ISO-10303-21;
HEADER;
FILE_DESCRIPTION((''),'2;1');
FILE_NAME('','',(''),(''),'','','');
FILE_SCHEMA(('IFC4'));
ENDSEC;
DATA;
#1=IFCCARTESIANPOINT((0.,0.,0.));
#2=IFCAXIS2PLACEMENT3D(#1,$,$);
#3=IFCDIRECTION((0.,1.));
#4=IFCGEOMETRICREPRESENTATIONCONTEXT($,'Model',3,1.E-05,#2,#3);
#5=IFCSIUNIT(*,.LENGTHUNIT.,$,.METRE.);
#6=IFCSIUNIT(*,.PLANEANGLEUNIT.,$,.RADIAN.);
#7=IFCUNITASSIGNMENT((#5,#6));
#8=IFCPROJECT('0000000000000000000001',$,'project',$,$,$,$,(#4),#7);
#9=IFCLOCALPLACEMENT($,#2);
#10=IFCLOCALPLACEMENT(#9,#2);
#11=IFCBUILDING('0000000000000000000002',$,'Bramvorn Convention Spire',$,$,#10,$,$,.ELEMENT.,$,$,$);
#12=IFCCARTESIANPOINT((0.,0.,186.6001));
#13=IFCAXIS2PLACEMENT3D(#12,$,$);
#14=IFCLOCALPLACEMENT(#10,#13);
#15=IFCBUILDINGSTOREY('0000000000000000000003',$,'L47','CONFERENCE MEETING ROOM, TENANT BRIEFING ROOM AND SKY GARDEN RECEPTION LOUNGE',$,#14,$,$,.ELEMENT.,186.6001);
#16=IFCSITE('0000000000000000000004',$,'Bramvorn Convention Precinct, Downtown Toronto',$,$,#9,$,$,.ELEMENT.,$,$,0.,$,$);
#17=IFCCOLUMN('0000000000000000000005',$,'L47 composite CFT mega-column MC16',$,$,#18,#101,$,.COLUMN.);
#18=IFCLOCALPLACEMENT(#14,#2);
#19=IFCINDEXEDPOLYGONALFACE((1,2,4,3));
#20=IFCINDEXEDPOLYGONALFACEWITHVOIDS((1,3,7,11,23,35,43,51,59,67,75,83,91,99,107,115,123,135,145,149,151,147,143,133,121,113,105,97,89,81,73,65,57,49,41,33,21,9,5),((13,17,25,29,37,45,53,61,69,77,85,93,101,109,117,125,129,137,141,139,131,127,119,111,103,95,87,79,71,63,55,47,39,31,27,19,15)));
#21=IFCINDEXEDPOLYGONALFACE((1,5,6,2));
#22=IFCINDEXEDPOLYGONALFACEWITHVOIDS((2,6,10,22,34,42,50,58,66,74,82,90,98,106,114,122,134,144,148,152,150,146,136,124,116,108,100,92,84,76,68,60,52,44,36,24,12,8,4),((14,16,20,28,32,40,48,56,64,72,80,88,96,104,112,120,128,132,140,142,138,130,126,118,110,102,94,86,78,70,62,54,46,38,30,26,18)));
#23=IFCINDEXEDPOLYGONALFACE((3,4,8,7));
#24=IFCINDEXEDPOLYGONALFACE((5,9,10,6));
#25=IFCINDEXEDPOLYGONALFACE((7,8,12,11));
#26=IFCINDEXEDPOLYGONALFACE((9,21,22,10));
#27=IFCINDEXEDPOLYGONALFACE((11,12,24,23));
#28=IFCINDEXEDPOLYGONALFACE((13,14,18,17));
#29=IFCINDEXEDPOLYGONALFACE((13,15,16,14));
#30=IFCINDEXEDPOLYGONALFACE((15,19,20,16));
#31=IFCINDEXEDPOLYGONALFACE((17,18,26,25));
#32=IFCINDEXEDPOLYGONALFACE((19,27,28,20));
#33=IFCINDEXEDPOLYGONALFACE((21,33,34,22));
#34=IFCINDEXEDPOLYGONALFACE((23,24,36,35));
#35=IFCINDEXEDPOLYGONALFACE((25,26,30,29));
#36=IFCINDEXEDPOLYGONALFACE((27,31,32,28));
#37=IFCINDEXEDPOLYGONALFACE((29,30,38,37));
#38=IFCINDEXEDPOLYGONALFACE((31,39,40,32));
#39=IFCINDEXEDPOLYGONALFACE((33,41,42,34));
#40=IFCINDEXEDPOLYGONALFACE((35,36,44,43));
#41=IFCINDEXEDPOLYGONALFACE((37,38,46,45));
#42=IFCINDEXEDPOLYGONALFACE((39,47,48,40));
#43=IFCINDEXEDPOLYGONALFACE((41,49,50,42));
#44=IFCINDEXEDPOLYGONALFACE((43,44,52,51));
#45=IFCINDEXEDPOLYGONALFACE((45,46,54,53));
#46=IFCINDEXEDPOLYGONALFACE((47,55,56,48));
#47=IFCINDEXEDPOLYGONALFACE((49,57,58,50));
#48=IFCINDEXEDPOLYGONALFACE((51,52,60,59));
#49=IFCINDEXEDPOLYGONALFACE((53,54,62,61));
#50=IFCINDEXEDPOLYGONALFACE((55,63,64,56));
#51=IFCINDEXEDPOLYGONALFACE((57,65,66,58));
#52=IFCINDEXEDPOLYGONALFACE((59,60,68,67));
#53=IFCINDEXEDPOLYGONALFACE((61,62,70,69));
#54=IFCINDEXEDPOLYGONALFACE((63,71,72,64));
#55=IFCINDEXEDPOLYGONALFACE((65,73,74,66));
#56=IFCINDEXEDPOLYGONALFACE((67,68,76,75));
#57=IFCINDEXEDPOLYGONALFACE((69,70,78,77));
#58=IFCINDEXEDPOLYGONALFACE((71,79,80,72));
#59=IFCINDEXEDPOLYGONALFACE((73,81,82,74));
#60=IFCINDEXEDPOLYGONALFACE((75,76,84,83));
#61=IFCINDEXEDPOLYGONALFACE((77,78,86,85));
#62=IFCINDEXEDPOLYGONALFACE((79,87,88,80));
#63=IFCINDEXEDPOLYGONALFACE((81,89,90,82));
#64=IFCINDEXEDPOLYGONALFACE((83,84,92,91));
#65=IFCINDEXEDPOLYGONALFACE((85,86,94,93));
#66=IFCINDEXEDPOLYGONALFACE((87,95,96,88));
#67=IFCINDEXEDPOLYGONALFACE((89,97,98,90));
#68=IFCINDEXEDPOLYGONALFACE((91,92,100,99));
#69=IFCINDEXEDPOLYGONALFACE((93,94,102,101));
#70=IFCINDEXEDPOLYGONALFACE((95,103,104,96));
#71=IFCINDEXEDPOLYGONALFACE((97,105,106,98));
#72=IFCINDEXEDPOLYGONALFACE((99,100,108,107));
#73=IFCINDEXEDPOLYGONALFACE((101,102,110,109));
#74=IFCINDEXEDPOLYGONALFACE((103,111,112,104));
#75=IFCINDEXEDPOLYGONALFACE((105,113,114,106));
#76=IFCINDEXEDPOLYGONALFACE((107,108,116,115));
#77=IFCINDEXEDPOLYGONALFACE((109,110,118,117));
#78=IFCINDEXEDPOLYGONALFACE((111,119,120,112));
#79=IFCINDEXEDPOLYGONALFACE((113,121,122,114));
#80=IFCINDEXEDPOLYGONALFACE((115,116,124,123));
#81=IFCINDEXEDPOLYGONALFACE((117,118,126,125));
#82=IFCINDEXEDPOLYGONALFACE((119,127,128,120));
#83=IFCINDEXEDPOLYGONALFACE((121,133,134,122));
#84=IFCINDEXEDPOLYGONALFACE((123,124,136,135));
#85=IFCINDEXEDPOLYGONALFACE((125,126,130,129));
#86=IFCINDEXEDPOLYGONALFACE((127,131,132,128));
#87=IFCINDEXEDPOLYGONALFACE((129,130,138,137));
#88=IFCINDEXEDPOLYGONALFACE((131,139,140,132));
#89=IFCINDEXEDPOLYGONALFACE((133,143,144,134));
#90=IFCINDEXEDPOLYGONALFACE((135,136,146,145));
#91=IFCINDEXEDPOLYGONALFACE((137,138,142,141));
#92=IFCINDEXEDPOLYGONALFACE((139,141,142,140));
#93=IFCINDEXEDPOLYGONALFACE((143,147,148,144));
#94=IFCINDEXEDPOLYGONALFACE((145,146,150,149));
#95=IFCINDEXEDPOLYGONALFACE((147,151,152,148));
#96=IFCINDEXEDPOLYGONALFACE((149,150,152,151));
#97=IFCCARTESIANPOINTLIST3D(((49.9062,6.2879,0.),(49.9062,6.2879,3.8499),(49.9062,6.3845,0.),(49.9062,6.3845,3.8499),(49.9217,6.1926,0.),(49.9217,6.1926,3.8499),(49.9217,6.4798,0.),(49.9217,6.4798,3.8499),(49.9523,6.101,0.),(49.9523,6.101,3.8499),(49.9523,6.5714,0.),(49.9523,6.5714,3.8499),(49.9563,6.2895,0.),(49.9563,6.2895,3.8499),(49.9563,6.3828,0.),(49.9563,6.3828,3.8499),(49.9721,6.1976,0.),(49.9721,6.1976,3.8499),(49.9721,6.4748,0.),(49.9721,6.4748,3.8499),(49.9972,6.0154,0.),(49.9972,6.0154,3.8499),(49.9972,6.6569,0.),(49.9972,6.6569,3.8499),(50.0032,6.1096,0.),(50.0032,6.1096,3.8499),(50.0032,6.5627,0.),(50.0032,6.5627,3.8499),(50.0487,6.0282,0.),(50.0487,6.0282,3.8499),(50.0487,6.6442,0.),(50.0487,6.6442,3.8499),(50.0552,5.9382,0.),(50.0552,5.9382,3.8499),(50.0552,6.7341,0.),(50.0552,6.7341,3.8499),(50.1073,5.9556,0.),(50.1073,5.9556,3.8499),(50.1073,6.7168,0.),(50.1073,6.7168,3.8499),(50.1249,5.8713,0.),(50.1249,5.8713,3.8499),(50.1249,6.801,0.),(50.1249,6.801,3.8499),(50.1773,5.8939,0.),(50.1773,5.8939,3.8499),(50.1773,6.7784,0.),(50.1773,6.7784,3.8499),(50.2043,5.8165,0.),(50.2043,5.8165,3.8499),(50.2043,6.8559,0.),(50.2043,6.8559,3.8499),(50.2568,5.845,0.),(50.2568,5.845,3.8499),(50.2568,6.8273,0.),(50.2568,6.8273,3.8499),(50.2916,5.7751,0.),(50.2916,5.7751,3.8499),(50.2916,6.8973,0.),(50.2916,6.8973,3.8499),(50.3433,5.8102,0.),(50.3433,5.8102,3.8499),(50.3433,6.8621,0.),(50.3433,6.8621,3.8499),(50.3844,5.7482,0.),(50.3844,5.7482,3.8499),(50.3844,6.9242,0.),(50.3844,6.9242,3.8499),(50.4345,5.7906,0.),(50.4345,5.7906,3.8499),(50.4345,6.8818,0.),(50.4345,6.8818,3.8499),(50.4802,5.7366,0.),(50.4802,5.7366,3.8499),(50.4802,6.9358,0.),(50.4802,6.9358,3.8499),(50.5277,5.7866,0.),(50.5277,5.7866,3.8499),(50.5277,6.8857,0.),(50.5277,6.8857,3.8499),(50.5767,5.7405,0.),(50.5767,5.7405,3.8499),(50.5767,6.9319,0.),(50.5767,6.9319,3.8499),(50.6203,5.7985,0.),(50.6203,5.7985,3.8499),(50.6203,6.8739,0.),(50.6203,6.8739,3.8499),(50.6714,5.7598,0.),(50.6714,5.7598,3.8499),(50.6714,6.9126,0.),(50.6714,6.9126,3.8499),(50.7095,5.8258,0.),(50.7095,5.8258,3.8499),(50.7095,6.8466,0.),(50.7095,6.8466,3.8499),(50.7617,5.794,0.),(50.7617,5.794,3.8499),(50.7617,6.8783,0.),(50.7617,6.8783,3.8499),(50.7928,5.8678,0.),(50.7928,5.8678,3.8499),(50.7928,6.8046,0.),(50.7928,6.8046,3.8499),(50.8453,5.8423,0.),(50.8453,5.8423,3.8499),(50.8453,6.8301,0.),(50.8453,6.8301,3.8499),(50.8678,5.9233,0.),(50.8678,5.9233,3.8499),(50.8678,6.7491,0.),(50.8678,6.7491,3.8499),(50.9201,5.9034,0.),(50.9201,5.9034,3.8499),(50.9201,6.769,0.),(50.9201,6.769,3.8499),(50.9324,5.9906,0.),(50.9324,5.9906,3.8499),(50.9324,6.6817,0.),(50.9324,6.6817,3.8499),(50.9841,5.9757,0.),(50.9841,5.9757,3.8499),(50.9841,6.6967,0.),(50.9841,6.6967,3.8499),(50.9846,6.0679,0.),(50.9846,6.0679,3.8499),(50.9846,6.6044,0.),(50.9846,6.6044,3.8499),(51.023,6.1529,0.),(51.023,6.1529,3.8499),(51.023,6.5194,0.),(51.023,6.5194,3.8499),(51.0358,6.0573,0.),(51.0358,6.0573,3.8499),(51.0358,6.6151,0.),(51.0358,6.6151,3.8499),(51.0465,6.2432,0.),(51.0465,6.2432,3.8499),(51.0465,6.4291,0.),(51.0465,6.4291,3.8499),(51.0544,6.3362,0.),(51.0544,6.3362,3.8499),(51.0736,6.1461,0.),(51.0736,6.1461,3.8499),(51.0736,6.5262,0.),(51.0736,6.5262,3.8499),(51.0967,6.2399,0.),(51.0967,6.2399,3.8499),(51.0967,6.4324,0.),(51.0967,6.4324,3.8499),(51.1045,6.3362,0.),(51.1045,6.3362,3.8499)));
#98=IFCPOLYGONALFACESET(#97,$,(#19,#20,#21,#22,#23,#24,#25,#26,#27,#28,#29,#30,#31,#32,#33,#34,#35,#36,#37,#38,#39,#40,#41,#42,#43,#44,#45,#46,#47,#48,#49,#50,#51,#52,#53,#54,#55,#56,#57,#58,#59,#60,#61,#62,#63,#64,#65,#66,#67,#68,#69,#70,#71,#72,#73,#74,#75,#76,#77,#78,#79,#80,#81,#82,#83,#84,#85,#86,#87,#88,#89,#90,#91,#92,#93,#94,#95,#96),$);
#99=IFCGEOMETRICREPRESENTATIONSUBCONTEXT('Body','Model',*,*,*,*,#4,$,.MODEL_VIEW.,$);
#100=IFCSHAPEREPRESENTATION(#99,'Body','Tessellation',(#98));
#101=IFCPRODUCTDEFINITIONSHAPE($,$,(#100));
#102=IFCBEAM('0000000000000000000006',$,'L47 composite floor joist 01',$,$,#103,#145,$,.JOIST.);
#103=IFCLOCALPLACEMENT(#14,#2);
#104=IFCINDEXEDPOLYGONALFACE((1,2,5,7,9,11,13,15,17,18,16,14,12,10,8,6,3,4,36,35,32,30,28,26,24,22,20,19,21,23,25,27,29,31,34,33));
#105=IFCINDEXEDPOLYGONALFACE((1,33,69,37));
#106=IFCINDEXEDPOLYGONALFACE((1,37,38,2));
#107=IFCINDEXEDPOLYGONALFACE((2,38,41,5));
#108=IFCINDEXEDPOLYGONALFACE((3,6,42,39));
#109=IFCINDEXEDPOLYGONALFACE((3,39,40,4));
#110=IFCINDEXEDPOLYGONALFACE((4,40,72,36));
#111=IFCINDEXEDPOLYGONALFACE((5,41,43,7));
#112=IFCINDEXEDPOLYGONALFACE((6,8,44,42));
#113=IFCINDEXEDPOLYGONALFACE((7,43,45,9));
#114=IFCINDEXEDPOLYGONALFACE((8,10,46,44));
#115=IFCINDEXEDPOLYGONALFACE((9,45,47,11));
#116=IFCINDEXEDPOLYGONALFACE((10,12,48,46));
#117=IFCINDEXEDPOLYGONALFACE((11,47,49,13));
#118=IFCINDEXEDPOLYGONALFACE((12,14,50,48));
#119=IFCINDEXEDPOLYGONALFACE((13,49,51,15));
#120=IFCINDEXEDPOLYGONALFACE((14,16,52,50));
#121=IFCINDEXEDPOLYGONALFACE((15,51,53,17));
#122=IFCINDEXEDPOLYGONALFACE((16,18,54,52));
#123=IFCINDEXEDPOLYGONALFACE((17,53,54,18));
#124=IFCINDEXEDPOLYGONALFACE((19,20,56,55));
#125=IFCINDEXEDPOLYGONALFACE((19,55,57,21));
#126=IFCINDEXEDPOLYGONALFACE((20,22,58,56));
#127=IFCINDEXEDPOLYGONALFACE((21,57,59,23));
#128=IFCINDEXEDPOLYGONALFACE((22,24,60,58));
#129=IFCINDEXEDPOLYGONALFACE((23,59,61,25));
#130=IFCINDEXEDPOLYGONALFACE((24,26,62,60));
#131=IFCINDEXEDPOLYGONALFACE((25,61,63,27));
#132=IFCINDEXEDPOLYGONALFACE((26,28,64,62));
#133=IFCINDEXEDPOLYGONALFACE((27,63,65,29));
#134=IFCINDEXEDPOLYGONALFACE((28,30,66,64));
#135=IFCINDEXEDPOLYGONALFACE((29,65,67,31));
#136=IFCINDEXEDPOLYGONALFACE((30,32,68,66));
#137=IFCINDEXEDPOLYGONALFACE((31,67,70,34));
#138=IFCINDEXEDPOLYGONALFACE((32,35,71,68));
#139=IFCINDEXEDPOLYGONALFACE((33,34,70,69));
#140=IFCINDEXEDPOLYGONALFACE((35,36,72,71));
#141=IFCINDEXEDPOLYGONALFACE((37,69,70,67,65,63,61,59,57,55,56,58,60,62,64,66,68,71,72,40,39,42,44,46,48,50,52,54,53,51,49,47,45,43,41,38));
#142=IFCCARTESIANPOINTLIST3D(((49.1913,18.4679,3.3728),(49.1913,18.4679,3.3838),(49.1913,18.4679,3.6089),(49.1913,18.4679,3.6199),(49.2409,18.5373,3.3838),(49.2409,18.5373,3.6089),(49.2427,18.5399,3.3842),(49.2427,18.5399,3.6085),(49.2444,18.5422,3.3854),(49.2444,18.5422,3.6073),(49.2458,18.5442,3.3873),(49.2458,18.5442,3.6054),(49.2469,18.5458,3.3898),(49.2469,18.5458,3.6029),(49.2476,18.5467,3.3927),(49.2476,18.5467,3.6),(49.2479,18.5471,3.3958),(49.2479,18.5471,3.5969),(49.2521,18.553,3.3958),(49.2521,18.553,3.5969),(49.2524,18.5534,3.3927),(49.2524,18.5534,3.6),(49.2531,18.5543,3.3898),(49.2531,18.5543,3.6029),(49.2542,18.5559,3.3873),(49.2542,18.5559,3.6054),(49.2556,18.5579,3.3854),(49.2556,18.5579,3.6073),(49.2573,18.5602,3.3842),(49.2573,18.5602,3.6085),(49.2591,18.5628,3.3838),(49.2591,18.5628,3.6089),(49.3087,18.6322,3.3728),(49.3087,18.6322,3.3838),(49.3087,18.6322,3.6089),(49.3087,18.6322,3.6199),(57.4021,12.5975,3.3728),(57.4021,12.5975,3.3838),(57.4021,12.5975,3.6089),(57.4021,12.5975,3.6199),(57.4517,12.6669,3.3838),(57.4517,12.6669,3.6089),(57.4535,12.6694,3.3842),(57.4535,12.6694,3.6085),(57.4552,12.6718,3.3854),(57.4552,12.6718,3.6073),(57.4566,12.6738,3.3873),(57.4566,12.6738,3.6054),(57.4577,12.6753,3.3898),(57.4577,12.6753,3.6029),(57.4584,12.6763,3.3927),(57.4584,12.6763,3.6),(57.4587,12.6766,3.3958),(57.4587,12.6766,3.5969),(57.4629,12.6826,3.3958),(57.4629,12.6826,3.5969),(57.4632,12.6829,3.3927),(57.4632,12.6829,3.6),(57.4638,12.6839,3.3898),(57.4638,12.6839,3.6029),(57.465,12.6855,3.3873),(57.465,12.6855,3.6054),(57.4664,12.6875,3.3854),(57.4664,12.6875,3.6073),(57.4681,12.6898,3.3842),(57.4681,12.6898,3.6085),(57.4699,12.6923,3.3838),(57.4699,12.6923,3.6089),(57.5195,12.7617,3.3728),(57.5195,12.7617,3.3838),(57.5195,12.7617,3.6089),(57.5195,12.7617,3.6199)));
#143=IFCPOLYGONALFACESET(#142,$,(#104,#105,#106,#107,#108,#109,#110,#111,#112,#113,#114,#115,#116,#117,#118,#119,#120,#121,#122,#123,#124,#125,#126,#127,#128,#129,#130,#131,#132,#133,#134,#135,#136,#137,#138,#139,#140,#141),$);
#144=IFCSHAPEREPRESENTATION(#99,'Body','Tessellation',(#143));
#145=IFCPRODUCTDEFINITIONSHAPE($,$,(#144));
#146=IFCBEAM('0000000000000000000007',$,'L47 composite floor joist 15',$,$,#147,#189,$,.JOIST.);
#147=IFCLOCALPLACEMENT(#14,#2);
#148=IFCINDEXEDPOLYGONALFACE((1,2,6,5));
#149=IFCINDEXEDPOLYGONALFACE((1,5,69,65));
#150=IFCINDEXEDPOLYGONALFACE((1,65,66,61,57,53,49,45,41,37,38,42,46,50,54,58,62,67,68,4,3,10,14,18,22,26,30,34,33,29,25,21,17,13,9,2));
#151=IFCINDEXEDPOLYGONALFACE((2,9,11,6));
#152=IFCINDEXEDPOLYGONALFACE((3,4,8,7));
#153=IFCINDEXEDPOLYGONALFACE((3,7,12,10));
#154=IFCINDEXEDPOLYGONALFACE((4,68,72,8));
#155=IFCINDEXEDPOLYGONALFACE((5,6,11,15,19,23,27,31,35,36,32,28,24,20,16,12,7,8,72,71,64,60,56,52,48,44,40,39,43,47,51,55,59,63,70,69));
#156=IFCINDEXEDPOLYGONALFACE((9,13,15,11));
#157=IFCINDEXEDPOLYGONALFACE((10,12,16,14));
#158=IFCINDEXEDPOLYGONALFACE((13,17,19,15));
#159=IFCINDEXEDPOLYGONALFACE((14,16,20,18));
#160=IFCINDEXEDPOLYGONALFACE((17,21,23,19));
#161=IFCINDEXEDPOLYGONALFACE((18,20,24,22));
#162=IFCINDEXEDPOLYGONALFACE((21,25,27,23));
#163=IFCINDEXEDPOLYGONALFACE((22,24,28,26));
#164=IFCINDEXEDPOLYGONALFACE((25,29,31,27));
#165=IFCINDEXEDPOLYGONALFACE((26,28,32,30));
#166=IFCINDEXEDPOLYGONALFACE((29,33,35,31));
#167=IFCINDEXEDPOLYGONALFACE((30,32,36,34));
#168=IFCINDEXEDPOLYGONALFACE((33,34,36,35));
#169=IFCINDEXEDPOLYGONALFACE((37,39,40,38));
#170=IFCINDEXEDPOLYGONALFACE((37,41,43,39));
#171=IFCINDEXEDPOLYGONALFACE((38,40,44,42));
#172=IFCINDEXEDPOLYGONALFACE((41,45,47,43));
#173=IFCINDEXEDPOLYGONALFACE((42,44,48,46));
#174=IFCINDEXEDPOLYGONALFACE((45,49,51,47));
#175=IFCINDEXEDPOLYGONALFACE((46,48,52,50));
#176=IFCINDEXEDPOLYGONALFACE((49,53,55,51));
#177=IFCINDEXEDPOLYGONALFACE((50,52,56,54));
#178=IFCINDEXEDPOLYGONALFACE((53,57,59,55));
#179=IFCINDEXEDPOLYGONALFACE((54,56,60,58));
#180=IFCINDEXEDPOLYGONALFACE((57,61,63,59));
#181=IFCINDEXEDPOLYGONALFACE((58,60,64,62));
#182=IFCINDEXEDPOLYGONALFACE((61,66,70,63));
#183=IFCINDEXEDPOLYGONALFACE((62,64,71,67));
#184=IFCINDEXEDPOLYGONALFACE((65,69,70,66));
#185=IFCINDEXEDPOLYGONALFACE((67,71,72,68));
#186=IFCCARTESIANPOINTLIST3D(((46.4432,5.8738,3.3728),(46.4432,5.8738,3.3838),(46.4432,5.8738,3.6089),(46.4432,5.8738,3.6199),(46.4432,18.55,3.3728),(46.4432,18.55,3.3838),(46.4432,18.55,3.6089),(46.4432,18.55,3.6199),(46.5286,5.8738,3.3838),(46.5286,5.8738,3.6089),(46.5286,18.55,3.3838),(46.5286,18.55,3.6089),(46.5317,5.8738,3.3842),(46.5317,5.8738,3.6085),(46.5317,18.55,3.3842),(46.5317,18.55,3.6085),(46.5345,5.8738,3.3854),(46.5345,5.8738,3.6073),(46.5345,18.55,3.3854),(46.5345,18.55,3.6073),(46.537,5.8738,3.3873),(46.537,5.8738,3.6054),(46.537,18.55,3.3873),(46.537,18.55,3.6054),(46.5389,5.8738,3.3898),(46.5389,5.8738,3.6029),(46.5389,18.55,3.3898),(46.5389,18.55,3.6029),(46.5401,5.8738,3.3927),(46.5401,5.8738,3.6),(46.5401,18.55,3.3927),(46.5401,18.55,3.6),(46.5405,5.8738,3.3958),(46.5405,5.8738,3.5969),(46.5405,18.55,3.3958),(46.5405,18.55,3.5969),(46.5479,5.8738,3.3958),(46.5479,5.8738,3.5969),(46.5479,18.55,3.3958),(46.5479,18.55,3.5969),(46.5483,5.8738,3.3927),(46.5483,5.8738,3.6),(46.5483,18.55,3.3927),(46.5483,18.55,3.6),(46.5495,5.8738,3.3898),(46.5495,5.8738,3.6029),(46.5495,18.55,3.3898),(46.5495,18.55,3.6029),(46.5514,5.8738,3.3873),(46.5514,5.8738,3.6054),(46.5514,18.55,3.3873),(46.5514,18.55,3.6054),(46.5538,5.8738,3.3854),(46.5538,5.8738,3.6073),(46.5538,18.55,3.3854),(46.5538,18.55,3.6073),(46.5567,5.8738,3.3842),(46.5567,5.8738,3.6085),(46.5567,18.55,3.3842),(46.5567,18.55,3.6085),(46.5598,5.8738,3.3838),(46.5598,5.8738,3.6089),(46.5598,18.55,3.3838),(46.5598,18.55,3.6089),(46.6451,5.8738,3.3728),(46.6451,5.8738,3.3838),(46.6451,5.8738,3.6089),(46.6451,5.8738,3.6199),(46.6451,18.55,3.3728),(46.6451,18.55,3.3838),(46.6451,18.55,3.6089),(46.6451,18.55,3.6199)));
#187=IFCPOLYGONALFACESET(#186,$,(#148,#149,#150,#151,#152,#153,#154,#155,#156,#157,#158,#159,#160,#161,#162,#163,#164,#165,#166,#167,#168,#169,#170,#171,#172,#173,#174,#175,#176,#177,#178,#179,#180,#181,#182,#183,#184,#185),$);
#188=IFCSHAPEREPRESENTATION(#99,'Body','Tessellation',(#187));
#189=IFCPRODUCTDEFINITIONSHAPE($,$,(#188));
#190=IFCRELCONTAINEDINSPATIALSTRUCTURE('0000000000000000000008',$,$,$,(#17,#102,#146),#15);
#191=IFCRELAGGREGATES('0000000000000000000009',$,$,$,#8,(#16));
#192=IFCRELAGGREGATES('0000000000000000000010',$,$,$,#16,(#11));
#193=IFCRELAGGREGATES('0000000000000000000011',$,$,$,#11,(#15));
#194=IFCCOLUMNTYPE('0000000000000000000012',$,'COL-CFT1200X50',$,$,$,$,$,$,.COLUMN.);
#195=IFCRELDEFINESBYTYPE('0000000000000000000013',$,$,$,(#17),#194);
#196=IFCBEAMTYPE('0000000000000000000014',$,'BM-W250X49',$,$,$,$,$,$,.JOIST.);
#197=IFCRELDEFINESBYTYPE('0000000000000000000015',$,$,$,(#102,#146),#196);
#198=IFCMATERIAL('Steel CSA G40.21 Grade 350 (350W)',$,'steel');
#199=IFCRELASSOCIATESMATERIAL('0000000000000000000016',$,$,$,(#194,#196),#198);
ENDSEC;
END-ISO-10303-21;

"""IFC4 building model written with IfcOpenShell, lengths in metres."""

from ifc_helpers import new_model, si_unit, direction, frame, origin, origin_2d, place, context, subcontext, project, spatial, hollow_circle, i_section, extrude, material, material_profile, profile_set, type_object, element, save


model = new_model("IFC4")

# Units and contexts
model_context = context("Model", 3, precision=1e-05, world=origin(), true_north=direction((0.0, 1.0)))
body_context = subcontext(model_context, "Body", "Model", "MODEL_VIEW")
ifc_project = project(units=[si_unit("LENGTHUNIT", "METRE"), si_unit("PLANEANGLEUNIT", "RADIAN")], contexts=[model_context])

# Site, building, storey
site_placement = place(None, origin())
site = spatial("IfcSite", under=ifc_project, at=site_placement, Name="Bramvorn Convention Precinct, Downtown Toronto", CompositionType="ELEMENT", RefElevation=0.0)
building_placement = place(site_placement, origin())
building = spatial("IfcBuilding", under=site, at=building_placement, Name="Bramvorn Convention Spire", CompositionType="ELEMENT")
storey_placement = place(building_placement, frame((0.0, 0.0, 186.6001)))
storey = spatial("IfcBuildingStorey", under=building, at=storey_placement, Name="L47", Description="CONFERENCE MEETING ROOM, TENANT BRIEFING ROOM AND SKY GARDEN RECEPTION LOUNGE", CompositionType="ELEMENT", Elevation=186.6001)

# Column
ifc_material_1 = material(Name="Steel CSA G40.21 Grade 350 (350W)", Category="steel")
ifc_material_profile_1 = material_profile(ifc_material_1, hollow_circle(Radius=0.6001, WallThickness=0.05, at=origin_2d()))
ifc_profile_set_1 = profile_set([ifc_material_profile_1], Name="Steel CSA G40.21 Grade 350 (350W) - CFT1200X50")
column_type = type_object("IfcColumnType", Name="COL-CFT1200X50", PredefinedType="COLUMN", material=ifc_profile_set_1)
for number, where, z_axis, x_axis, name in (
    (1, (50.5044, 6.3362, 0.0), (0.0, 0.0, 1.0), (1.0, 0.0, 0.0), "L47 composite CFT mega-column MC16"),
):
    element("IfcColumn", number, at=place(storey_placement, frame(where, z_axis=z_axis, x_axis=x_axis)), inside=storey, type_object=column_type, Name=name, PredefinedType="COLUMN", context=body_context, shape_type="SweptSolid", body=[
        extrude(hollow_circle(Radius=0.6001, WallThickness=0.05, at=origin_2d()), origin(), (0.0, 0.0, 1.0), 3.8499),
    ])

# Beams
ifc_material_profile_2 = material_profile(ifc_material_1, i_section(OverallWidth=0.2019, OverallDepth=0.2471, WebThickness=0.0073, FlangeThickness=0.011, FilletRadius=0.012, at=origin_2d()))
ifc_profile_set_2 = profile_set([ifc_material_profile_2], Name="Steel CSA G40.21 Grade 350 (350W) - W250X49")
beam_type_1 = type_object("IfcBeamType", Name="BM-W250X49", PredefinedType="JOIST", material=ifc_profile_set_2)
beam_1_placement = place(storey_placement, frame((49.25, 18.55, 3.4963), z_axis=(0.813472, -0.581604, 0.0), x_axis=(0.581604, 0.813472, 0.0)))
element("IfcBeam", 2, at=beam_1_placement, inside=storey, type_object=beam_type_1, Name="L47 composite floor joist 01", PredefinedType="JOIST", context=body_context, shape_type="SweptSolid", body=[
    extrude(i_section(OverallWidth=0.2019, OverallDepth=0.2471, WebThickness=0.0073, FlangeThickness=0.011, FilletRadius=0.012, at=origin_2d()), origin(), (0.0, 0.0, 1.0), 10.0935),
])
beam_2_placement = place(storey_placement, frame((46.5442, 18.55, 3.4963), z_axis=(0.0, -1.0, 0.0), x_axis=(1.0, 0.0, 0.0)))
element("IfcBeam", 3, at=beam_2_placement, inside=storey, type_object=beam_type_1, Name="L47 composite floor joist 15", PredefinedType="JOIST", context=body_context, shape_type="SweptSolid", body=[
    extrude(i_section(OverallWidth=0.2019, OverallDepth=0.2471, WebThickness=0.0073, FlangeThickness=0.011, FilletRadius=0.012, at=origin_2d()), origin(), (0.0, 0.0, 1.0), 12.6763),
])

save(model, "model.ifc")
